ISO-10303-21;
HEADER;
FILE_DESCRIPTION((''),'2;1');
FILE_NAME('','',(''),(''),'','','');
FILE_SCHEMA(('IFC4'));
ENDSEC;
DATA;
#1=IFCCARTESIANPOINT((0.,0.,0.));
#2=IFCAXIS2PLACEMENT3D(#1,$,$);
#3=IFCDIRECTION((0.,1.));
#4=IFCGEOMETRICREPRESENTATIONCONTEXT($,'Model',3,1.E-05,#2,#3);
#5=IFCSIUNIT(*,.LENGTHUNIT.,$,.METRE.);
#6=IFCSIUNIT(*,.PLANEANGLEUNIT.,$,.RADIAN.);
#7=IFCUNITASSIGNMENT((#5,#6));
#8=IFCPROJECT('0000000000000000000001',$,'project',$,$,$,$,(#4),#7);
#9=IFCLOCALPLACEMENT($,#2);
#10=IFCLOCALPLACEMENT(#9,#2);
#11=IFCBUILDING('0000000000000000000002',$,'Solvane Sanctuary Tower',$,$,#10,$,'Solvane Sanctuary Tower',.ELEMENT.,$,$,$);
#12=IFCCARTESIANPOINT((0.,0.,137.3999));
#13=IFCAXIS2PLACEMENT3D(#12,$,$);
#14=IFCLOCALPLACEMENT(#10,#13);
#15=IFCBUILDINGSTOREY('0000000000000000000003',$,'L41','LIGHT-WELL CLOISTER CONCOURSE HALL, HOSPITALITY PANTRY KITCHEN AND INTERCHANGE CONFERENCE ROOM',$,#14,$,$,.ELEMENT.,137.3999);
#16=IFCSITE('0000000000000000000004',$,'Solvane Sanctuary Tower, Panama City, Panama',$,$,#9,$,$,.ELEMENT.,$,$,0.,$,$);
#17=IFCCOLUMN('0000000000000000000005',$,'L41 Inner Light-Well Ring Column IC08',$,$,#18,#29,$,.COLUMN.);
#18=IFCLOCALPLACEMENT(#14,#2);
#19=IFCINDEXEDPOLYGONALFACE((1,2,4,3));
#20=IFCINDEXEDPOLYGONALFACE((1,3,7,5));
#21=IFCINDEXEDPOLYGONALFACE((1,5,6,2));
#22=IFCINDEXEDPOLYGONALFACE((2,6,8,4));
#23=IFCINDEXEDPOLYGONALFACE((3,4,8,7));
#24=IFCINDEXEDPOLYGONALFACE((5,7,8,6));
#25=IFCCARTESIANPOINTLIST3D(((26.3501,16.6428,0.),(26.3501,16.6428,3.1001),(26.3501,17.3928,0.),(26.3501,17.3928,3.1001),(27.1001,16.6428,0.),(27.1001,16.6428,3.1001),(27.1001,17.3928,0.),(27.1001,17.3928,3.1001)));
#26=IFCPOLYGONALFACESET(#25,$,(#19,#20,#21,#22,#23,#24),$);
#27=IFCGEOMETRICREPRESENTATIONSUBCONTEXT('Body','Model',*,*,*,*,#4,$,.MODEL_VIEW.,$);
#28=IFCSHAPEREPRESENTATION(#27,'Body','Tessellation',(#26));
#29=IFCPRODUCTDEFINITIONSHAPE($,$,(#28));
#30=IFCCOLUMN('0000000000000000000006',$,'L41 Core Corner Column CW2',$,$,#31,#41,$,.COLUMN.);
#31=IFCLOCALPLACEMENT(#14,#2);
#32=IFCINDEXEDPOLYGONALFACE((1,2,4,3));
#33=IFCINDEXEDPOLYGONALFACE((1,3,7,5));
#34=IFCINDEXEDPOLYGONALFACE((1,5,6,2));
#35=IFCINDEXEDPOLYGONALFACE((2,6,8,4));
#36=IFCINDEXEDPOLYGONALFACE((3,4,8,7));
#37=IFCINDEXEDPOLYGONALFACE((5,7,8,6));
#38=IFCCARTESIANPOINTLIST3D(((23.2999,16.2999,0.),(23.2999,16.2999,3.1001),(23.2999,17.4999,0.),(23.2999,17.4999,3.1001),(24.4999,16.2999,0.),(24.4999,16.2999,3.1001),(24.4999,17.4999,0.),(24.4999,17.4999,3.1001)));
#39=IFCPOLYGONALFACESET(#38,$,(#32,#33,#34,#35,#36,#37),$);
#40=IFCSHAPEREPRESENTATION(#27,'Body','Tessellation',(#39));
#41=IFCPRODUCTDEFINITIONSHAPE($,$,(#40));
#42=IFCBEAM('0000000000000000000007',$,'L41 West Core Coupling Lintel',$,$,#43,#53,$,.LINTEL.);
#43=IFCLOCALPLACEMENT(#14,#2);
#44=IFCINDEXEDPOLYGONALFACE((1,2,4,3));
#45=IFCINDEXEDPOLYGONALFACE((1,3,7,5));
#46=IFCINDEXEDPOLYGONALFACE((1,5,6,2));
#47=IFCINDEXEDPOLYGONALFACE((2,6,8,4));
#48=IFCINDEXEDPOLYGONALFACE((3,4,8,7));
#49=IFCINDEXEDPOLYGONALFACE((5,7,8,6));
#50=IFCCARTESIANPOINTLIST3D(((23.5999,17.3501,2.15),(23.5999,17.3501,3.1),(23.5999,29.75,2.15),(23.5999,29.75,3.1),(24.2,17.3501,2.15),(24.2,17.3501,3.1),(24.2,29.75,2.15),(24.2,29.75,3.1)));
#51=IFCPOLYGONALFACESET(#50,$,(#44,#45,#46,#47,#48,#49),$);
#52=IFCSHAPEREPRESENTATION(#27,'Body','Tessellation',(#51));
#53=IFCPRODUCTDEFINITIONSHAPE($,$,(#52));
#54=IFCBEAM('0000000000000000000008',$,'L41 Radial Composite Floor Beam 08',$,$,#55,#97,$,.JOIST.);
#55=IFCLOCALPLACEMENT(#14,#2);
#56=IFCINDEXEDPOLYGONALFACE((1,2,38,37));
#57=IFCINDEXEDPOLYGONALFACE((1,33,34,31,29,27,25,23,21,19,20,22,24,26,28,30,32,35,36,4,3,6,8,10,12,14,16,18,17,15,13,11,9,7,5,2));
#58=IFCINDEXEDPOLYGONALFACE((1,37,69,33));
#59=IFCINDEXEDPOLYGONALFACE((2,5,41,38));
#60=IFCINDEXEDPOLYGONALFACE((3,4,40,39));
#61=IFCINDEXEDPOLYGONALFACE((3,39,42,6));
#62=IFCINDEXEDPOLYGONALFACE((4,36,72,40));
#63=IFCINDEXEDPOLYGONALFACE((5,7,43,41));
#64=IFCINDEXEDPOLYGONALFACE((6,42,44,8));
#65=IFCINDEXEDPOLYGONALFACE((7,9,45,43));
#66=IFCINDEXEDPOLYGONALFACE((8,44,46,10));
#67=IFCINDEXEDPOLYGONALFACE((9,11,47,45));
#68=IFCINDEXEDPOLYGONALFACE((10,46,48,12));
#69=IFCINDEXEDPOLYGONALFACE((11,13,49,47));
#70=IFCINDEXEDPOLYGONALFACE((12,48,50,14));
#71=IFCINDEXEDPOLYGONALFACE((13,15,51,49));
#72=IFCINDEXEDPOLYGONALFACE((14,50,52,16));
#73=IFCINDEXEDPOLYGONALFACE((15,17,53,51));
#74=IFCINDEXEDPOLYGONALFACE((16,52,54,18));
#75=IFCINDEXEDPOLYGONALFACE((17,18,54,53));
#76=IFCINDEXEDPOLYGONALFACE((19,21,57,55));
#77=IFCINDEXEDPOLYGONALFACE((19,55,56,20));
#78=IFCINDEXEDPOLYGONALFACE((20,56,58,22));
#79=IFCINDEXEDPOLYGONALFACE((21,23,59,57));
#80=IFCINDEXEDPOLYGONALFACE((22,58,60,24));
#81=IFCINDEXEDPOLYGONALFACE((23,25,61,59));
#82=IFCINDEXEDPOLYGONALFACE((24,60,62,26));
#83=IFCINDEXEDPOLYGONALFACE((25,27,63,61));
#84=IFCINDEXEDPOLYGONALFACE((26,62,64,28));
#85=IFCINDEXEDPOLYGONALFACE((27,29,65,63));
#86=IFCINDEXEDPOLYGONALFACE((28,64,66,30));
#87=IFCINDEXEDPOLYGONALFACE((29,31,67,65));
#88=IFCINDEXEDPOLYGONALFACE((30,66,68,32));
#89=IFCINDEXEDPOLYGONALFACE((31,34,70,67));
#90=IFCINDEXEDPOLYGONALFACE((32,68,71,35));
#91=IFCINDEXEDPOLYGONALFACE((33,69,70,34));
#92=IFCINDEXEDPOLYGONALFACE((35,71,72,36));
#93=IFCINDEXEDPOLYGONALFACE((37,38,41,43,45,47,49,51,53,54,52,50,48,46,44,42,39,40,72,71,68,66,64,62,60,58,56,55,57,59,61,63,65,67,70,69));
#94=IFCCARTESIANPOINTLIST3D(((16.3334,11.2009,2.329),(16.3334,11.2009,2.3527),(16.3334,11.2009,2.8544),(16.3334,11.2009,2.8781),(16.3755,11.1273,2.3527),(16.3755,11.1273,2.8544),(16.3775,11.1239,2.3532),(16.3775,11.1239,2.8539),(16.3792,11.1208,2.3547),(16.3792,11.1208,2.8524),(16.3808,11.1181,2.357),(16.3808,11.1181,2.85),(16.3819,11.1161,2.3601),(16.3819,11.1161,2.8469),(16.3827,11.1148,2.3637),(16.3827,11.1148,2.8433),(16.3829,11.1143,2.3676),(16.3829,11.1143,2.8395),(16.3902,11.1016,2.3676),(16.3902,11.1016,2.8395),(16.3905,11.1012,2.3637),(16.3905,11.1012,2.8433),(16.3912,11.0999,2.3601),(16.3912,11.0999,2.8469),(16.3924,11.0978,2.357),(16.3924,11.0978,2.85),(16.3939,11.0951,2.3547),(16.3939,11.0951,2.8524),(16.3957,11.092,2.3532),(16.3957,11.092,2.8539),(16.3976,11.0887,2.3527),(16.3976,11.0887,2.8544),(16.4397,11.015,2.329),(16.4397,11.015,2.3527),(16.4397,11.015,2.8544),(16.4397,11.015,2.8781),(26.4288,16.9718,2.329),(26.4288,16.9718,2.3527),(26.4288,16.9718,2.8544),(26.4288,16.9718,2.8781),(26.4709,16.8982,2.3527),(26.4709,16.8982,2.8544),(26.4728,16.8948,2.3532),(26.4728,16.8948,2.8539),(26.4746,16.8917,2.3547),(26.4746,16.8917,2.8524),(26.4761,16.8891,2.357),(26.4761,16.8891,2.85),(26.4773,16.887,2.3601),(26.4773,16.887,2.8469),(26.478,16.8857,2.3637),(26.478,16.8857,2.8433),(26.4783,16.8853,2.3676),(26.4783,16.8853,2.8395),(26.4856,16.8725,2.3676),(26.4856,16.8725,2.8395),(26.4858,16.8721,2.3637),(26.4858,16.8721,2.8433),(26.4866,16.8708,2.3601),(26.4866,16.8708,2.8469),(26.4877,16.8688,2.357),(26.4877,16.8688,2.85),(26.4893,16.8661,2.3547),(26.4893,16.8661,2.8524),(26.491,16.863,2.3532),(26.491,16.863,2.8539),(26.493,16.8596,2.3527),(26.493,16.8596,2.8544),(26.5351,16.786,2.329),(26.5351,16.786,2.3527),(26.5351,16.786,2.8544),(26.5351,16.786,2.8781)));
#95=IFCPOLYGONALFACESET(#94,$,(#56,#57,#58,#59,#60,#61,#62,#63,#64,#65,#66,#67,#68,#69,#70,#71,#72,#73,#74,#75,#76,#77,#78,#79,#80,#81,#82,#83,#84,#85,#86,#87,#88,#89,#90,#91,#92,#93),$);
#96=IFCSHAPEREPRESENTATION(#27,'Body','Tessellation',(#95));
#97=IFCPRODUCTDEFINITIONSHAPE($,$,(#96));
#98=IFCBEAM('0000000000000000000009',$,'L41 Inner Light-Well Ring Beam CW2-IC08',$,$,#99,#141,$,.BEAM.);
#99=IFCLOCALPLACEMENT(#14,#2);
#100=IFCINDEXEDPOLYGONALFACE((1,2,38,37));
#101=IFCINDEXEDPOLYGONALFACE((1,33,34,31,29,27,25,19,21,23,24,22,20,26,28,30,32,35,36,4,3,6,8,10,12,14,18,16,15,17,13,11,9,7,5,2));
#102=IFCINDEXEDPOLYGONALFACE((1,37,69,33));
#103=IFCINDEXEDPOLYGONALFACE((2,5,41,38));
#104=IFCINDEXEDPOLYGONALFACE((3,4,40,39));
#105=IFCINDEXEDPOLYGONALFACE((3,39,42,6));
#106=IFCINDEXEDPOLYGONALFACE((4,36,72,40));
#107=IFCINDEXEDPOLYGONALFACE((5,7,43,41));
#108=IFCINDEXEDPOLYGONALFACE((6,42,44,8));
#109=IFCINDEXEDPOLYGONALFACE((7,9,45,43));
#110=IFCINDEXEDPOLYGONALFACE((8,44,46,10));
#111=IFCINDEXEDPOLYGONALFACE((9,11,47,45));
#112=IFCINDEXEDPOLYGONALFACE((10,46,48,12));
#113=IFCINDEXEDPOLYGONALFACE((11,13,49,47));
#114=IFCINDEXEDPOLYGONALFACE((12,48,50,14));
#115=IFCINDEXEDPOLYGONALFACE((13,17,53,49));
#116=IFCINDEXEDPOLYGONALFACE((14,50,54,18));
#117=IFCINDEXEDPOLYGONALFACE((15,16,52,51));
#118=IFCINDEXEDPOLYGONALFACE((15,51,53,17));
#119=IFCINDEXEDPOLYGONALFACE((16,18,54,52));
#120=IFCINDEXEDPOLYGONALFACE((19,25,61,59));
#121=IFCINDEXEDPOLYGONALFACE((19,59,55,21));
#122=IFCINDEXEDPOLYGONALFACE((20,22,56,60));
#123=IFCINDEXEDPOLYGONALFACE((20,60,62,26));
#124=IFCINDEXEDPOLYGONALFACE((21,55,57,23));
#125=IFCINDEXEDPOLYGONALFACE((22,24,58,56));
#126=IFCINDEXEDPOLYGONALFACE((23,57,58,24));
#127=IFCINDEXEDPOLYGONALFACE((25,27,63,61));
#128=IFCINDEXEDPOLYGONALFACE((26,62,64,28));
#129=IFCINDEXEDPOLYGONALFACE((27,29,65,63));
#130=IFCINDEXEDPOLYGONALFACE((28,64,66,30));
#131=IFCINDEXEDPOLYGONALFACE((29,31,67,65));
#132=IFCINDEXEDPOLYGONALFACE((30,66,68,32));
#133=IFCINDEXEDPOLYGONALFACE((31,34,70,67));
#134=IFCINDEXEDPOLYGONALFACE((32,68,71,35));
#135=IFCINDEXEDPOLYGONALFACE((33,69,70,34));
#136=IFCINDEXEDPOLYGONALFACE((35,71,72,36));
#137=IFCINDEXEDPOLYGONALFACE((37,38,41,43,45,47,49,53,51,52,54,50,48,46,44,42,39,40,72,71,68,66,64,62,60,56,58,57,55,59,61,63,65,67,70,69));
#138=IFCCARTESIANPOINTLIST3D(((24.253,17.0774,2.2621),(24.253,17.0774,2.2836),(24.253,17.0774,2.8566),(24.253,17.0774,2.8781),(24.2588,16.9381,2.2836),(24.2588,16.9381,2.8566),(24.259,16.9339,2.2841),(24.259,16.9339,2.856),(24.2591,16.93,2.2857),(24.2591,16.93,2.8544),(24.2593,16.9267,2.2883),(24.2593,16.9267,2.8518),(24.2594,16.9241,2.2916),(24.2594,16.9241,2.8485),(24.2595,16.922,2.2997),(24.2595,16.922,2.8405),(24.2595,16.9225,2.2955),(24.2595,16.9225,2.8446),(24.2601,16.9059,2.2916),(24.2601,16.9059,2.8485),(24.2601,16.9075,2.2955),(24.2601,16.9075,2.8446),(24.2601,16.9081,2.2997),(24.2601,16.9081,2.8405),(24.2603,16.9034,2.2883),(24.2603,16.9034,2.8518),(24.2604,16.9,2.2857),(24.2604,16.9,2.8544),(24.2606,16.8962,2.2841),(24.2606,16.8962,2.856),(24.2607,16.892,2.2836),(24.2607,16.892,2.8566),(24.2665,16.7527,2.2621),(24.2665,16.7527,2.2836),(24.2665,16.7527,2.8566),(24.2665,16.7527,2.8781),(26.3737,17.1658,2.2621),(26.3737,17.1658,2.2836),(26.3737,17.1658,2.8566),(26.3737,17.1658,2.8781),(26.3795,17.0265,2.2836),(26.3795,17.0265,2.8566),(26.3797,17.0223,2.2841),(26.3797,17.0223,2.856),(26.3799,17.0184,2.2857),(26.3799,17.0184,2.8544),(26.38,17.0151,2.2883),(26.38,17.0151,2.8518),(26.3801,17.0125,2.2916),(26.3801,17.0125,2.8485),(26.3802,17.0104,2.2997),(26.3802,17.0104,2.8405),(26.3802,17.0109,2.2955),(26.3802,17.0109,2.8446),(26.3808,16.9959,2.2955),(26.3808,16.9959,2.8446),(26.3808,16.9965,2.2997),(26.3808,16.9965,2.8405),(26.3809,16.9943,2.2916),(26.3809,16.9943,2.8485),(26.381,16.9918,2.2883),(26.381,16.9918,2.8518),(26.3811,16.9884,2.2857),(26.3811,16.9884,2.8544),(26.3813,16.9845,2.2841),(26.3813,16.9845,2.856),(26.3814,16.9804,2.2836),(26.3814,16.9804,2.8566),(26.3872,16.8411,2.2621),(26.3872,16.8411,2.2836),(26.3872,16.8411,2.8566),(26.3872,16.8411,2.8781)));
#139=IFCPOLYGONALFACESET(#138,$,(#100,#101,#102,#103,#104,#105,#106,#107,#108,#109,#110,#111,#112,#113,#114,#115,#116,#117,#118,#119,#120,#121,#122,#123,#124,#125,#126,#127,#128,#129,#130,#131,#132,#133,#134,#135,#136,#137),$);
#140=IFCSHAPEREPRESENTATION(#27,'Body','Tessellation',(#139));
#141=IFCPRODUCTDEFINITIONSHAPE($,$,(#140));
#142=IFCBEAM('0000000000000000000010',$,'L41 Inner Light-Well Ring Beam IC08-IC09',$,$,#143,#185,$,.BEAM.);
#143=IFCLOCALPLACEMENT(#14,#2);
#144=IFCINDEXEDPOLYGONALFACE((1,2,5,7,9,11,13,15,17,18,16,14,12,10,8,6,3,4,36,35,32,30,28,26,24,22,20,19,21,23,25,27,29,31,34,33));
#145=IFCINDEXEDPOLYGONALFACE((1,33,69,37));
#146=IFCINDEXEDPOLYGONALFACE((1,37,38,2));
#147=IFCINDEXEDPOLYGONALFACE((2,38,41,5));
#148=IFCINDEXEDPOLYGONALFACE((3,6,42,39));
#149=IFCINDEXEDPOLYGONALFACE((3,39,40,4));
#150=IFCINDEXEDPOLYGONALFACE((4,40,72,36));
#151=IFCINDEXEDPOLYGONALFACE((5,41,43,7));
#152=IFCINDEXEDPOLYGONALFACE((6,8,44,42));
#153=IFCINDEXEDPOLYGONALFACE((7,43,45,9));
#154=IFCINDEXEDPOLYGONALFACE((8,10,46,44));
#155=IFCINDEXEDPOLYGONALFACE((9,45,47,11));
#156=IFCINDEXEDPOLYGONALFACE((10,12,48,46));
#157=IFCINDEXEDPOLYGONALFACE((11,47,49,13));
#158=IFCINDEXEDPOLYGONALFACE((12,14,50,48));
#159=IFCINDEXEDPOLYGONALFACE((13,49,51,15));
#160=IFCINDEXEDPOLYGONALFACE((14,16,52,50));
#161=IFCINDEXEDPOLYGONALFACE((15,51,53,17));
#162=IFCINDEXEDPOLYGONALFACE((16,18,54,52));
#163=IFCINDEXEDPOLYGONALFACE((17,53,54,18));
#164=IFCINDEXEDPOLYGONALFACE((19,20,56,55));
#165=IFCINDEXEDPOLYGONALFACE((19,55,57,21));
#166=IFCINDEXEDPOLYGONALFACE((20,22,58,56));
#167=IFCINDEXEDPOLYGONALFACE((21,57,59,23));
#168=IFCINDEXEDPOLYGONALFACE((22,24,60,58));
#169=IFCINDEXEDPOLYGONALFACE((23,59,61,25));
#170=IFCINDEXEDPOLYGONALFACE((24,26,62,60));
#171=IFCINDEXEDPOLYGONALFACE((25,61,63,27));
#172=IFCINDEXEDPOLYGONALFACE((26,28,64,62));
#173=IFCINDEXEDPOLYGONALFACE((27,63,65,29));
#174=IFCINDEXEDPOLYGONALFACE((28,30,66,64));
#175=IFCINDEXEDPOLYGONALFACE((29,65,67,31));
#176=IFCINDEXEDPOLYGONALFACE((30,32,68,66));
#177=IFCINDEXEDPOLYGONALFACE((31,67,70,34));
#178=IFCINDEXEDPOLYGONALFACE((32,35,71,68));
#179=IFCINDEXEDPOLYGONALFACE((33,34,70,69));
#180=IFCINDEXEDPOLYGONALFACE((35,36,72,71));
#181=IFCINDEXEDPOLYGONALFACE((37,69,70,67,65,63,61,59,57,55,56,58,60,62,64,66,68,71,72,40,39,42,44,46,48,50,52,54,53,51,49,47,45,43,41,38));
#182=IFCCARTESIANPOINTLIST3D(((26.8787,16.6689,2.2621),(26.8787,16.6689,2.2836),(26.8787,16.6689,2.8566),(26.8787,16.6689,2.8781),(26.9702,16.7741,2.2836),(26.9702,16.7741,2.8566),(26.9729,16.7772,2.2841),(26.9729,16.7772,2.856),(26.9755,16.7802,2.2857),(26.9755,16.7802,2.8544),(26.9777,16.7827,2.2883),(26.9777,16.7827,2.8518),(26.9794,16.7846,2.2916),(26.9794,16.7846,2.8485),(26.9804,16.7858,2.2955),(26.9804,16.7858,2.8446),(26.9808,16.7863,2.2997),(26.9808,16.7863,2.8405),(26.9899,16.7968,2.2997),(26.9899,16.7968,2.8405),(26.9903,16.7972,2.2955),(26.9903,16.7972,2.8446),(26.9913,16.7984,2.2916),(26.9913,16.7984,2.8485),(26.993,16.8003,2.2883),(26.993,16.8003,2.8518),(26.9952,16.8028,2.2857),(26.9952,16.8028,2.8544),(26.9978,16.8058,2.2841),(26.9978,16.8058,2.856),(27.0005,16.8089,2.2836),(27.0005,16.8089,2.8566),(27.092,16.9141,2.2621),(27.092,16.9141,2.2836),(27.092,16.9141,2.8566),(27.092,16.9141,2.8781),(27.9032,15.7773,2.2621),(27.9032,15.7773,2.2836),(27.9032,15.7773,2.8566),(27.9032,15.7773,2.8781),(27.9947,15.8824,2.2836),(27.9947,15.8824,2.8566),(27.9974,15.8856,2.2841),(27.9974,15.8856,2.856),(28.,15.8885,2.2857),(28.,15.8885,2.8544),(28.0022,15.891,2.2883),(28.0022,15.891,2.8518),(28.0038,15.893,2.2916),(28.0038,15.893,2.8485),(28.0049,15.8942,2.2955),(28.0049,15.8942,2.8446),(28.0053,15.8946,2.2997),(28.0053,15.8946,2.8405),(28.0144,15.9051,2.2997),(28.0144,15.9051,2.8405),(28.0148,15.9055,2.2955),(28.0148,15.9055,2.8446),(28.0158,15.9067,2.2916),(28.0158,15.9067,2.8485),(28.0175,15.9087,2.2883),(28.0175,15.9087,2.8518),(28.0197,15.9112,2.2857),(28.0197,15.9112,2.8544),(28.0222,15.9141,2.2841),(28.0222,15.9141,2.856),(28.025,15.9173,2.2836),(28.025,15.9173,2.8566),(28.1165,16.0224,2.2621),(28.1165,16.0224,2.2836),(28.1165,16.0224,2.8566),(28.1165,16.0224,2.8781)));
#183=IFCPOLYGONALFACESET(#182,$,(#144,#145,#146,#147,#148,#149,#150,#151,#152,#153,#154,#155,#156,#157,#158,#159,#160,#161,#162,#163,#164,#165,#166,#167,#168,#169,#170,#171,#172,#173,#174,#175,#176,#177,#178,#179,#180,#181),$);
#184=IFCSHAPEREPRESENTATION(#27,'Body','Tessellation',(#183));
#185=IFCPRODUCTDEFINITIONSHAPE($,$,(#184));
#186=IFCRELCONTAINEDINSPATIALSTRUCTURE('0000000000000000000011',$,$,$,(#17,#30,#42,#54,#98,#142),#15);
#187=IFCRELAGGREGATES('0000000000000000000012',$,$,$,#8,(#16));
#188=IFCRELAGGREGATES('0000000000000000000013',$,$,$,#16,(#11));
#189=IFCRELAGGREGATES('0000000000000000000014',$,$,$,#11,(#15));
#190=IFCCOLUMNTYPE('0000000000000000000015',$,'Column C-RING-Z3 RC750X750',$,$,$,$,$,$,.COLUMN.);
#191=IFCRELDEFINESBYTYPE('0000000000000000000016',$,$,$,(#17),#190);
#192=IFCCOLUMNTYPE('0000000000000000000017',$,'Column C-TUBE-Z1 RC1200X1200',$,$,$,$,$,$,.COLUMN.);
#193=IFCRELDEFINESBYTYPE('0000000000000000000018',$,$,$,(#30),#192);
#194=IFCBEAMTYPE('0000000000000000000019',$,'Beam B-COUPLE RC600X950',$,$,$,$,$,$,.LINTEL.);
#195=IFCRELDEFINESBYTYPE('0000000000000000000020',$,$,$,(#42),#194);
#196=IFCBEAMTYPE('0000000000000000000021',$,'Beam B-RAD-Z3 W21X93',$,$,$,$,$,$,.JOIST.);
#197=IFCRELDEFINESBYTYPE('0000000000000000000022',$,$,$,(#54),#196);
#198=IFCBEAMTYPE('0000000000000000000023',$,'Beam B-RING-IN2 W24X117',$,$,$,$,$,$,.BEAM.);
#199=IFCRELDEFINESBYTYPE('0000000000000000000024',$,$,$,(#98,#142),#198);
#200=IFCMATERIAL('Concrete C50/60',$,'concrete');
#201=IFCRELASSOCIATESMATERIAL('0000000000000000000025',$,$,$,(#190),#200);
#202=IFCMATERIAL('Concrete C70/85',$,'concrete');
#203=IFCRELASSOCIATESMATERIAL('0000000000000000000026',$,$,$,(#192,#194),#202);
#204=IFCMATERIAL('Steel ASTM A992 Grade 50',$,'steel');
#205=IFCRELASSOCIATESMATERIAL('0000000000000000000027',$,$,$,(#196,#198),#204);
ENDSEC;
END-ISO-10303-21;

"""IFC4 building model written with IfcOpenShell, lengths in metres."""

from ifc_helpers import new_model, si_unit, direction, frame, origin, origin_2d, place, context, subcontext, project, spatial, rectangle, i_section, extrude, material, material_profile, profile_set, type_object, element, save


model = new_model("IFC4")

# Units and contexts
model_context = context("Model", 3, precision=1e-05, world=origin(), true_north=direction((0.0, 1.0)))
body_context = subcontext(model_context, "Body", "Model", "MODEL_VIEW")
ifc_project = project(units=[si_unit("LENGTHUNIT", "METRE"), si_unit("PLANEANGLEUNIT", "RADIAN")], contexts=[model_context])

# Site, building, storey
site_placement = place(None, origin())
site = spatial("IfcSite", under=ifc_project, at=site_placement, Name="Solvane Sanctuary Tower, Panama City, Panama", CompositionType="ELEMENT", RefElevation=0.0)
building_placement = place(site_placement, origin())
building = spatial("IfcBuilding", under=site, at=building_placement, Name="Solvane Sanctuary Tower", LongName="Solvane Sanctuary Tower", CompositionType="ELEMENT")
storey_placement = place(building_placement, frame((0.0, 0.0, 137.3999)))
storey = spatial("IfcBuildingStorey", under=building, at=storey_placement, Name="L41", Description="LIGHT-WELL CLOISTER CONCOURSE HALL, HOSPITALITY PANTRY KITCHEN AND INTERCHANGE CONFERENCE ROOM", CompositionType="ELEMENT", Elevation=137.3999)

# Columns
ifc_material_1 = material(Name="Concrete C50/60", Category="concrete")
ifc_material_profile_1 = material_profile(ifc_material_1, rectangle(XDim=0.75, YDim=0.75, at=origin_2d()), Name="RC750X750")
ifc_profile_set_1 = profile_set([ifc_material_profile_1], Name="Concrete C50/60")
column_type_1 = type_object("IfcColumnType", Name="Column C-RING-Z3 RC750X750", PredefinedType="COLUMN", material=ifc_profile_set_1)
column_1_placement = place(storey_placement, frame((26.7251, 17.0178, 0.0), z_axis=(0.0, 0.0, 1.0), x_axis=(1.0, 0.0, 0.0)))
element("IfcColumn", 1, at=column_1_placement, inside=storey, type_object=column_type_1, Name="L41 Inner Light-Well Ring Column IC08", PredefinedType="COLUMN", context=body_context, shape_type="SweptSolid", body=[
    extrude(rectangle(XDim=0.75, YDim=0.75, at=origin_2d()), origin(), (0.0, 0.0, 1.0), 3.1001),
])
ifc_material_2 = material(Name="Concrete C70/85", Category="concrete")
ifc_material_profile_2 = material_profile(ifc_material_2, rectangle(XDim=1.2, YDim=1.2, at=origin_2d()), Name="RC1200X1200")
ifc_profile_set_2 = profile_set([ifc_material_profile_2], Name="Concrete C70/85")
column_type_2 = type_object("IfcColumnType", Name="Column C-TUBE-Z1 RC1200X1200", PredefinedType="COLUMN", material=ifc_profile_set_2)
column_2_placement = place(storey_placement, frame((23.8999, 16.8999, 0.0), z_axis=(0.0, 0.0, 1.0), x_axis=(1.0, 0.0, 0.0)))
element("IfcColumn", 2, at=column_2_placement, inside=storey, type_object=column_type_2, Name="L41 Core Corner Column CW2", PredefinedType="COLUMN", context=body_context, shape_type="SweptSolid", body=[
    extrude(rectangle(XDim=1.2, YDim=1.2, at=origin_2d()), origin(), (0.0, 0.0, 1.0), 3.1001),
])

# Beams
ifc_material_profile_3 = material_profile(ifc_material_2, rectangle(XDim=0.6001, YDim=0.95, at=origin_2d()), Name="RC600X950")
ifc_profile_set_3 = profile_set([ifc_material_profile_3], Name="Concrete C70/85")
beam_type_1 = type_object("IfcBeamType", Name="Beam B-COUPLE RC600X950", PredefinedType="LINTEL", material=ifc_profile_set_3)
beam_1_placement = place(storey_placement, frame((23.8999, 17.3501, 2.625), z_axis=(0.0, 1.0, 0.0), x_axis=(-1.0, 0.0, 0.0)))
element("IfcBeam", 3, at=beam_1_placement, inside=storey, type_object=beam_type_1, Name="L41 West Core Coupling Lintel", PredefinedType="LINTEL", context=body_context, shape_type="SweptSolid", body=[
    extrude(rectangle(XDim=0.6001, YDim=0.95, at=origin_2d()), origin(), (0.0, 0.0, 1.0), 12.3999),
])
ifc_material_3 = material(Name="Steel ASTM A992 Grade 50", Category="steel")
ifc_material_profile_4 = material_profile(ifc_material_3, i_section(OverallWidth=0.2141, OverallDepth=0.5491, WebThickness=0.0146, FlangeThickness=0.0237, FilletRadius=0.0149, at=origin_2d()), Name="W21X93")
ifc_profile_set_4 = profile_set([ifc_material_profile_4], Name="Steel ASTM A992 Grade 50")
beam_type_2 = type_object("IfcBeamType", Name="Beam B-RAD-Z3 W21X93", PredefinedType="JOIST", material=ifc_profile_set_4)
beam_2_placement = place(storey_placement, frame((26.4819, 16.8789, 2.6035), z_axis=(-0.868163, -0.496279, 0.0), x_axis=(0.496279, -0.868163, 0.0)))
element("IfcBeam", 4, at=beam_2_placement, inside=storey, type_object=beam_type_2, Name="L41 Radial Composite Floor Beam 08", PredefinedType="JOIST", context=body_context, shape_type="SweptSolid", body=[
    extrude(i_section(OverallWidth=0.2141, OverallDepth=0.5491, WebThickness=0.0146, FlangeThickness=0.0237, FilletRadius=0.0149, at=origin_2d()), origin(), (0.0, 0.0, 1.0), 11.6284),
])
ifc_material_profile_5 = material_profile(ifc_material_3, i_section(OverallWidth=0.325, OverallDepth=0.616, WebThickness=0.0139, FlangeThickness=0.0215, FilletRadius=0.0161, at=origin_2d()), Name="W24X117")
ifc_profile_set_5 = profile_set([ifc_material_profile_5], Name="Steel ASTM A992 Grade 50")
beam_type_3 = type_object("IfcBeamType", Name="Beam B-RING-IN2 W24X117", PredefinedType="BEAM", material=ifc_profile_set_5)
beam_3_placement = place(storey_placement, frame((24.2598, 16.915, 2.5701), z_axis=(0.999133, 0.04164, 0.0), x_axis=(-0.04164, 0.999133, 0.0)))
element("IfcBeam", 5, at=beam_3_placement, inside=storey, type_object=beam_type_3, Name="L41 Inner Light-Well Ring Beam CW2-IC08", PredefinedType="BEAM", context=body_context, shape_type="SweptSolid", body=[
    extrude(i_section(OverallWidth=0.325, OverallDepth=0.616, WebThickness=0.0139, FlangeThickness=0.0215, FilletRadius=0.0161, at=origin_2d()), origin(), (0.0, 0.0, 1.0), 2.1226),
])
beam_4_placement = place(storey_placement, frame((26.9854, 16.7915, 2.5701), z_axis=(0.754311, -0.656517, 0.0), x_axis=(0.656517, 0.754311, 0.0)))
element("IfcBeam", 6, at=beam_4_placement, inside=storey, type_object=beam_type_3, Name="L41 Inner Light-Well Ring Beam IC08-IC09", PredefinedType="BEAM", context=body_context, shape_type="SweptSolid", body=[
    extrude(i_section(OverallWidth=0.325, OverallDepth=0.616, WebThickness=0.0139, FlangeThickness=0.0215, FilletRadius=0.0161, at=origin_2d()), origin(), (0.0, 0.0, 1.0), 1.3582),
])

save(model, "model.ifc")
